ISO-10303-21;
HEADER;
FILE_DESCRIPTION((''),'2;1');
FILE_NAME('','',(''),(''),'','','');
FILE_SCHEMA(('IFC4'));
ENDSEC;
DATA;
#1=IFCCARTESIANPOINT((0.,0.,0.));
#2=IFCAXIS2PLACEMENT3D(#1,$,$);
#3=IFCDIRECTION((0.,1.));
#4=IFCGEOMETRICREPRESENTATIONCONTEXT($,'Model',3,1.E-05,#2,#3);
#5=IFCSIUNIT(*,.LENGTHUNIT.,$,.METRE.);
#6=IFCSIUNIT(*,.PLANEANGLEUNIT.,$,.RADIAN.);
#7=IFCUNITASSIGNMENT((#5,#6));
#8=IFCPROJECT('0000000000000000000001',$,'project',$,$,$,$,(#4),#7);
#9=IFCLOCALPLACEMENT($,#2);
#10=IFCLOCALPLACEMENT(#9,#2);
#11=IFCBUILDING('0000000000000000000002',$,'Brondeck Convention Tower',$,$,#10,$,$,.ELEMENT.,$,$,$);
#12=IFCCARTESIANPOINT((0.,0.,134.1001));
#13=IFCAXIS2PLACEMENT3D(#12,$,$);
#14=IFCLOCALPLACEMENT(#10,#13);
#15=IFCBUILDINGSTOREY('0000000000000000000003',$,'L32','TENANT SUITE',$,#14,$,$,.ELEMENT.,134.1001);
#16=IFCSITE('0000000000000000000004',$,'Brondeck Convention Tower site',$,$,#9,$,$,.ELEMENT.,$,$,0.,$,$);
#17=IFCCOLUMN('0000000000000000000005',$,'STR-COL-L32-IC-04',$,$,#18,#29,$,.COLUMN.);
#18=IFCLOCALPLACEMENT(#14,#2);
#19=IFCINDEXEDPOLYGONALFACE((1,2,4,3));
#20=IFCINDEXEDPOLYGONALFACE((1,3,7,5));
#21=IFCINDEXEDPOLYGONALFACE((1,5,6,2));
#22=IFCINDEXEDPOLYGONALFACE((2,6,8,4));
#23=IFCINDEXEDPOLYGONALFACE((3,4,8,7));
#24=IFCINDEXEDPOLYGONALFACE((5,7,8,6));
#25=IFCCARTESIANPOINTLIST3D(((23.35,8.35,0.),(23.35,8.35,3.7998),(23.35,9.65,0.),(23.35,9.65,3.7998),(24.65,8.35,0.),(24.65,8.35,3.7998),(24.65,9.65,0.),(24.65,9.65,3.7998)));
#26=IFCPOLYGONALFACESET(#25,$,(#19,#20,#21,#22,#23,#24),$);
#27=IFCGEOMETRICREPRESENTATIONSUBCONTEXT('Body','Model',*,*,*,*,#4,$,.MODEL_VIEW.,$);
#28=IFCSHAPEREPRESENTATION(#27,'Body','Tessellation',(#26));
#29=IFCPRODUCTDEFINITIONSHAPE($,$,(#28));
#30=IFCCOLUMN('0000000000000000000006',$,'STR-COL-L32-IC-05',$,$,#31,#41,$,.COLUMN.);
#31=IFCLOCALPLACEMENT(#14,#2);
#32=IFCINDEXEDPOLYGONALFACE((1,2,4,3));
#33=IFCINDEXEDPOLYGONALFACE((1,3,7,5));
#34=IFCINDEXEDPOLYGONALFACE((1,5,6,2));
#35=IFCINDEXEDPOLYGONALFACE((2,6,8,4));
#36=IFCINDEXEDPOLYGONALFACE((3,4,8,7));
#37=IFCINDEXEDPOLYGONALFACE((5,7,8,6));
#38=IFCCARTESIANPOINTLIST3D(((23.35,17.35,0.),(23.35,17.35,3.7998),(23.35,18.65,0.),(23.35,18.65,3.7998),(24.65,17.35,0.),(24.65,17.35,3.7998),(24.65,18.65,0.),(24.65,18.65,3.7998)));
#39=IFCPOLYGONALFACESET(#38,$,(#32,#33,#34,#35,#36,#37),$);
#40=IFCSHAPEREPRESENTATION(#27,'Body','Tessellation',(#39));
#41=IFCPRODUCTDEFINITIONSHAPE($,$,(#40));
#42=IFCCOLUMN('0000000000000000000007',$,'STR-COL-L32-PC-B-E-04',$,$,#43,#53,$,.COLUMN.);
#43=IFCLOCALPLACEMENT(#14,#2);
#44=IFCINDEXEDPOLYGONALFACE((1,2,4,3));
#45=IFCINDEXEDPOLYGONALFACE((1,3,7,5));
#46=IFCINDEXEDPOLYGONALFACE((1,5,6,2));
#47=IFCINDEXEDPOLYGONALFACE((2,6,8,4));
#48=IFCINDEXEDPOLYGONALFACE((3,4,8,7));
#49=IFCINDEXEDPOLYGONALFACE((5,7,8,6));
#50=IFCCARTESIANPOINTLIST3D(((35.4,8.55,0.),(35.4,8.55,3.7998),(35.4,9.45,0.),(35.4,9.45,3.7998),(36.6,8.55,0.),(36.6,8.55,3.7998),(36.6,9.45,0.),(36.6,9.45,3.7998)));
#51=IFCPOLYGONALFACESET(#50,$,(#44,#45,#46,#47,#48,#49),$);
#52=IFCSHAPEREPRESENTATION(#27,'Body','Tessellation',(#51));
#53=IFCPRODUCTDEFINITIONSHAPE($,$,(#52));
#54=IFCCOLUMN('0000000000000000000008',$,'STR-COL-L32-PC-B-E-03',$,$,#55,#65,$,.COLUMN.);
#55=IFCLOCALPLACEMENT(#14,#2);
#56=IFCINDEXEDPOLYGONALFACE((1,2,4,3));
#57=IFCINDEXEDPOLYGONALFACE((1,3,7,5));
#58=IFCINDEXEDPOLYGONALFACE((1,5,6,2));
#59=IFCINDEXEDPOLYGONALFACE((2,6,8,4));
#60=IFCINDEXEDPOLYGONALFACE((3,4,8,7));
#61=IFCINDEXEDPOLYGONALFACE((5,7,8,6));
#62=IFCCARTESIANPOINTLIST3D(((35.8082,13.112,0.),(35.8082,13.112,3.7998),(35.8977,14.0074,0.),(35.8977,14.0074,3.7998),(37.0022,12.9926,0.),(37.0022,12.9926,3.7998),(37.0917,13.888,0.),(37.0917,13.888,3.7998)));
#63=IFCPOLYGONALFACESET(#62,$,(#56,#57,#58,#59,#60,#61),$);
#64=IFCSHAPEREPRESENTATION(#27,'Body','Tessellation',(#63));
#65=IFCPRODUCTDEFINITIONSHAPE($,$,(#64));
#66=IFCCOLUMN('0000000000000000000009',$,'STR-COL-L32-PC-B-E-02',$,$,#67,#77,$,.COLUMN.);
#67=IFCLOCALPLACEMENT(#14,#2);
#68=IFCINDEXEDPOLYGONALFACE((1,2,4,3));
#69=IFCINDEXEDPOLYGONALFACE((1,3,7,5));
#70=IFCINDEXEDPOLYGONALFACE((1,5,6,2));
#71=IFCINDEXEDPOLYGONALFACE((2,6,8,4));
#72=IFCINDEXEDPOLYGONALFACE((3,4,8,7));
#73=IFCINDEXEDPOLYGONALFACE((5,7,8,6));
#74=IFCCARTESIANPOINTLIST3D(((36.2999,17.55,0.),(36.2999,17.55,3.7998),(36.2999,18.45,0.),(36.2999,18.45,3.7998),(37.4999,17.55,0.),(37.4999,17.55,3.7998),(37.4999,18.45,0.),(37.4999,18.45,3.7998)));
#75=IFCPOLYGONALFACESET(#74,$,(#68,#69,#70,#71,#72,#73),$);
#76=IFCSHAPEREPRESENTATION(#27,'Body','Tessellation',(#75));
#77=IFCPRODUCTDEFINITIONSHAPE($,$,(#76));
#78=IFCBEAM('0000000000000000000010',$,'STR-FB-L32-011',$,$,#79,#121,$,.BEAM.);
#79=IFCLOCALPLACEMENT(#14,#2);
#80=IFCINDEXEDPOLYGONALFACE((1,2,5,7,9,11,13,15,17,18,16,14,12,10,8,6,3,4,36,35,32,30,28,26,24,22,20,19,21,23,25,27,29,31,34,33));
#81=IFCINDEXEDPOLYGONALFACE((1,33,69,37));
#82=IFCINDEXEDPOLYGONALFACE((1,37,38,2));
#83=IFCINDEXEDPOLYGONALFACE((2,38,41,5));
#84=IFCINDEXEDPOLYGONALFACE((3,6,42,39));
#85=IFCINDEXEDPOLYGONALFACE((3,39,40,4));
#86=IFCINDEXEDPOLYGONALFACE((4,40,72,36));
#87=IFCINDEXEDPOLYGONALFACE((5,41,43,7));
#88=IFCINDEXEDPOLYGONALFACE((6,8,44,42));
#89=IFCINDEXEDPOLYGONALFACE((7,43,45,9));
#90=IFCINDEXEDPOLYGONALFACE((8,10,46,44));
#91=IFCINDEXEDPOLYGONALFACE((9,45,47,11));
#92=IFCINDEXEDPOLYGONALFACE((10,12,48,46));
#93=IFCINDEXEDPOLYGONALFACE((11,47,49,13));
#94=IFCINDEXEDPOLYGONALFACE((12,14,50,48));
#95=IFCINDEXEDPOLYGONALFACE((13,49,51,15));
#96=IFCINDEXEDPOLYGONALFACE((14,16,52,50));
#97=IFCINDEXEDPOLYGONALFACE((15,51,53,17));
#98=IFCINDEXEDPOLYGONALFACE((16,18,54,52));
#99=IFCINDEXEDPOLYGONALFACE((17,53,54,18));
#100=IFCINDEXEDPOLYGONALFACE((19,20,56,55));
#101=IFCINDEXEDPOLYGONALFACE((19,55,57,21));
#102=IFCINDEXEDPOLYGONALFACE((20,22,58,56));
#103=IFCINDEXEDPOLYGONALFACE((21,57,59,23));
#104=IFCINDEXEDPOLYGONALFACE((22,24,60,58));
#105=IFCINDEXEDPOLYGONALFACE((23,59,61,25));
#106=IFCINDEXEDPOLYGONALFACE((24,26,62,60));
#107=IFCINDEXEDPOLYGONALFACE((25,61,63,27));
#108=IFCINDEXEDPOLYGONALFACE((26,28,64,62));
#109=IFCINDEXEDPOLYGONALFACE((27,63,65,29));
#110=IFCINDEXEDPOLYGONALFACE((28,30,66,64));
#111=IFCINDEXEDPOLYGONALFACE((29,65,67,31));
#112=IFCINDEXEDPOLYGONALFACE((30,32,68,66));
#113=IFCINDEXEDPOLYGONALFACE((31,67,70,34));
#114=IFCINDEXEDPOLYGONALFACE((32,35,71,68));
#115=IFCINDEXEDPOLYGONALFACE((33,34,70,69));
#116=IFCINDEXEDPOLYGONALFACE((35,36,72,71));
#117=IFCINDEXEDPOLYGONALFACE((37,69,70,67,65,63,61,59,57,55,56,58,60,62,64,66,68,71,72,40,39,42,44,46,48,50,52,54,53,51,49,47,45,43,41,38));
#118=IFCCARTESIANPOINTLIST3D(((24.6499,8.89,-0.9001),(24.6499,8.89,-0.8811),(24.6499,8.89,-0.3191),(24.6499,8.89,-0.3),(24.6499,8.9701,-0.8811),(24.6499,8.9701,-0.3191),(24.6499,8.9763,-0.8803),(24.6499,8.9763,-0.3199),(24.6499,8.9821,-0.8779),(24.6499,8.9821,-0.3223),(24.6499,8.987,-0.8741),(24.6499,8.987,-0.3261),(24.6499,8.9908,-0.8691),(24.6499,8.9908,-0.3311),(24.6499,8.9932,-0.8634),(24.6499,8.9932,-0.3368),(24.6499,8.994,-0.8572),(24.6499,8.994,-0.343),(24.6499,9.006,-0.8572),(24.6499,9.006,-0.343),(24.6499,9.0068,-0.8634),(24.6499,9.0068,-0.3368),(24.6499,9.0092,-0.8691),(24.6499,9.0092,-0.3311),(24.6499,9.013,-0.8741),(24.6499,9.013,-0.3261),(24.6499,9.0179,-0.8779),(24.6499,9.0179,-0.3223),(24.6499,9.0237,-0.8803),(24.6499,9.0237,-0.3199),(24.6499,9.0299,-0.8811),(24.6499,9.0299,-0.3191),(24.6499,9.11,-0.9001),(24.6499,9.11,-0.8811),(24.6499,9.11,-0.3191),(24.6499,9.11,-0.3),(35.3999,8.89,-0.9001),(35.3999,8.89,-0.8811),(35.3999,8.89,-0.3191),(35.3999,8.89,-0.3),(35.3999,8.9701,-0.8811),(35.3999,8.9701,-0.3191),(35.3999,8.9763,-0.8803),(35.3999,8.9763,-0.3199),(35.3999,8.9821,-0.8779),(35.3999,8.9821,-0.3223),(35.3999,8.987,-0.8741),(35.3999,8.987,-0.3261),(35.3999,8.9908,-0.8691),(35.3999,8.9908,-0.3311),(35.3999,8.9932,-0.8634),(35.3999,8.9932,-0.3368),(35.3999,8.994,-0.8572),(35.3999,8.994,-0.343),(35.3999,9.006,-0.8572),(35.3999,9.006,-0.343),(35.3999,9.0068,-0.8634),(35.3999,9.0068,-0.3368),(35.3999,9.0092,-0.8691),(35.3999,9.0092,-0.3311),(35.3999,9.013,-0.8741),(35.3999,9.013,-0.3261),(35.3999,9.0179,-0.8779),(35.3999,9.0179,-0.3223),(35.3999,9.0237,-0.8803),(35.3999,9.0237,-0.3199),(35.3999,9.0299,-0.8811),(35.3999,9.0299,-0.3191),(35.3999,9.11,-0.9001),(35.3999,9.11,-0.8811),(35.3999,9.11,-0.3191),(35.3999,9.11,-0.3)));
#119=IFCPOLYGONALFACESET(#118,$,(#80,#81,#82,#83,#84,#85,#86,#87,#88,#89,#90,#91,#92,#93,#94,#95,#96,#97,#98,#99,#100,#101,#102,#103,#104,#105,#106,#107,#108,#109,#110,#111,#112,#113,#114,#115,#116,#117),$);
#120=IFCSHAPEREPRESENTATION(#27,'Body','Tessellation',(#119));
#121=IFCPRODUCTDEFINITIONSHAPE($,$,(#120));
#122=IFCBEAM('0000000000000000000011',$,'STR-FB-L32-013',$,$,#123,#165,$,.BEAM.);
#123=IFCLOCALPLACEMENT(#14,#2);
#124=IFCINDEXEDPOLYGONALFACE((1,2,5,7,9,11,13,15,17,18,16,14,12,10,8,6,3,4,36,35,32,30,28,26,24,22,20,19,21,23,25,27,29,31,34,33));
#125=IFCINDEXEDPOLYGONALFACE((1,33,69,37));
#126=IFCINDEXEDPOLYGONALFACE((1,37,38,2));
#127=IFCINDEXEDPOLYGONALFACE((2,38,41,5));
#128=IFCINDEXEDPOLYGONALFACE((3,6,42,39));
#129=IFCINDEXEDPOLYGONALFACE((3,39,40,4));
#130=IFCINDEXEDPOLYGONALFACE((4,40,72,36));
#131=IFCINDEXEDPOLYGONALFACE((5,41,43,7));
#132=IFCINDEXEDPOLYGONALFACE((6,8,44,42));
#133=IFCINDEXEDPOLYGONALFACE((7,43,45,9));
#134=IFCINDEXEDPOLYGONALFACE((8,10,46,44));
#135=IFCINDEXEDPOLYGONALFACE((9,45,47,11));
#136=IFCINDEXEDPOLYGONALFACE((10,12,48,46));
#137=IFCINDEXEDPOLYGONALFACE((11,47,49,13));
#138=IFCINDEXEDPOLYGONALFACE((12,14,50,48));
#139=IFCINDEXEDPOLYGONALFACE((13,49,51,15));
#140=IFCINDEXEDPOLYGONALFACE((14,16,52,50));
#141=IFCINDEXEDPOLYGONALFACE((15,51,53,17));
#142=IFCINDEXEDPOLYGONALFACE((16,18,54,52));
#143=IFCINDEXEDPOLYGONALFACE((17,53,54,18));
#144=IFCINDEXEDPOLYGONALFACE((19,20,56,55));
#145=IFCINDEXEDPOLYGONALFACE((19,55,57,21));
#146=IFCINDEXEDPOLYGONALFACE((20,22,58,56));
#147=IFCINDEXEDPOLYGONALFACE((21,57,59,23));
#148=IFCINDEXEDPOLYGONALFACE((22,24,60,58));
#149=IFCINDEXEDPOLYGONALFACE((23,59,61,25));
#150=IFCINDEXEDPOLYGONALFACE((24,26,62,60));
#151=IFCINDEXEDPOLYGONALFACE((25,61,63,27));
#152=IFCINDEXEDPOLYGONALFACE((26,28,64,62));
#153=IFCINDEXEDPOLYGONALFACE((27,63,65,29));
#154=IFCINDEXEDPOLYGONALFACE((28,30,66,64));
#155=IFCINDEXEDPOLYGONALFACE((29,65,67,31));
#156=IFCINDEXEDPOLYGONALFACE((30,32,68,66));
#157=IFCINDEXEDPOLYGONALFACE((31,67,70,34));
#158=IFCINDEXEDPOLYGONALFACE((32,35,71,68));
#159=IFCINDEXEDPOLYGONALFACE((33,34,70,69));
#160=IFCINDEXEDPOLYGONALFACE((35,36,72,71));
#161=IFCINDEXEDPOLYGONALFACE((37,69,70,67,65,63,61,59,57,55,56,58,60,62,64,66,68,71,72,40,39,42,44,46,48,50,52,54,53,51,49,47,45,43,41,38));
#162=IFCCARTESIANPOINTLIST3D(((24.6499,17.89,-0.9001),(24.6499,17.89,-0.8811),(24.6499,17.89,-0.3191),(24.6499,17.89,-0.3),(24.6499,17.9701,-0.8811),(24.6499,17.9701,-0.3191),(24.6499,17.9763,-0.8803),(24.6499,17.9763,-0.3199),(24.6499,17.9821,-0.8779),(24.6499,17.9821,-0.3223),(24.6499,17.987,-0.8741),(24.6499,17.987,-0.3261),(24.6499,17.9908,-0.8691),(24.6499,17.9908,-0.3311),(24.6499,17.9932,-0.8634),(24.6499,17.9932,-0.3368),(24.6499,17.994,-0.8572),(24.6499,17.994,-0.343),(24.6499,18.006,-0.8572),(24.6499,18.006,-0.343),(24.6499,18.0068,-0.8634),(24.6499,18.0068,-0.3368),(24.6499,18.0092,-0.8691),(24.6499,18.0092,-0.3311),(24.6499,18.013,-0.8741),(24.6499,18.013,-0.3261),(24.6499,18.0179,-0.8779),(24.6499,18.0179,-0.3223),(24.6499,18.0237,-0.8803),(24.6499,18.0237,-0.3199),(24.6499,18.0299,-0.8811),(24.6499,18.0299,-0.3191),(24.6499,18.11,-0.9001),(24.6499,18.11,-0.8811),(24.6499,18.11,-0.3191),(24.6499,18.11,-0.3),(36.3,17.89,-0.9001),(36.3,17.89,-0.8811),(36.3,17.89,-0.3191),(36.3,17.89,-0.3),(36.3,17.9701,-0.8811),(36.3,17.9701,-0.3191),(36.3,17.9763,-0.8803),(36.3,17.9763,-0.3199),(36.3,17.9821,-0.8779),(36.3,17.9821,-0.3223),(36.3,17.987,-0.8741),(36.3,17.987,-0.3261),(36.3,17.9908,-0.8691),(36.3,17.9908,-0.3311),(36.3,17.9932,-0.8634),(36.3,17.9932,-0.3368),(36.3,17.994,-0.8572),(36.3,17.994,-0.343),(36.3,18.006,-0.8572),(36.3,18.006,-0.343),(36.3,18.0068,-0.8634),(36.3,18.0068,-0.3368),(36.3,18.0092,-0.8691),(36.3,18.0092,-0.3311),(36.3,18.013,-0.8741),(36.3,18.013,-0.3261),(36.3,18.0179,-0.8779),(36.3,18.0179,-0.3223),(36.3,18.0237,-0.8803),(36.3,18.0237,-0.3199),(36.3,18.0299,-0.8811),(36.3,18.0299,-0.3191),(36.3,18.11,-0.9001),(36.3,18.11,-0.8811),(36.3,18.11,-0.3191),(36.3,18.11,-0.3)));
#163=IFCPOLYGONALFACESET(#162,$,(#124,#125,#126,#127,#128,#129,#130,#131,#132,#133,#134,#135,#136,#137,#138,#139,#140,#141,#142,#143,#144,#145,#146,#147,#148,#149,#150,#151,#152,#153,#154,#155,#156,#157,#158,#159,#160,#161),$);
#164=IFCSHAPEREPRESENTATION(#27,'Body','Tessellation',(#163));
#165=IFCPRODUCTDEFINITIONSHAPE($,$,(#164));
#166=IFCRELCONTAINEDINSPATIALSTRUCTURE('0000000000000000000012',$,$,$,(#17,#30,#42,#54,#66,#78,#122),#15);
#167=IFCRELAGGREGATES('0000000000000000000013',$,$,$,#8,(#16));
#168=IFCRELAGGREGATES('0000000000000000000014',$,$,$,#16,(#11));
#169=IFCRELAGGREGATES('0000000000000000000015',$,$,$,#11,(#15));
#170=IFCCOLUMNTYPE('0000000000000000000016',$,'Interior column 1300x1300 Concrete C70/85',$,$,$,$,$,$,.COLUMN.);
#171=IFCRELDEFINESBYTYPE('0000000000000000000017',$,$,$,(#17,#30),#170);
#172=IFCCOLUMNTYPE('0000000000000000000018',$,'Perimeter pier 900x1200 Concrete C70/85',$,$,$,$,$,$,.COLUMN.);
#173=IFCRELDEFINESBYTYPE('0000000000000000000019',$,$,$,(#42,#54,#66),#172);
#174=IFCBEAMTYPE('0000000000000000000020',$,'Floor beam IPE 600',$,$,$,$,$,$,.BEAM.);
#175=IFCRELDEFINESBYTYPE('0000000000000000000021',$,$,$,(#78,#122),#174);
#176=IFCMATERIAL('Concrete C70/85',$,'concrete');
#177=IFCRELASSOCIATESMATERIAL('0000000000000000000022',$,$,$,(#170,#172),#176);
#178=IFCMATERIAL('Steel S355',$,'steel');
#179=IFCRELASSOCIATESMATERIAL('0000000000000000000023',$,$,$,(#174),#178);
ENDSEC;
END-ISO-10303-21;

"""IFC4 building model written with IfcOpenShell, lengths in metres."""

from ifc_helpers import new_model, si_unit, direction, frame, origin, origin_2d, place, context, subcontext, project, spatial, rectangle, i_section, extrude, material, material_profile, profile_set, type_object, element, save


model = new_model("IFC4")

# Units and contexts
model_context = context("Model", 3, precision=1e-05, world=origin(), true_north=direction((0.0, 1.0)))
body_context = subcontext(model_context, "Body", "Model", "MODEL_VIEW")
ifc_project = project(units=[si_unit("LENGTHUNIT", "METRE"), si_unit("PLANEANGLEUNIT", "RADIAN")], contexts=[model_context])

# Site, building, storey
site_placement = place(None, origin())
site = spatial("IfcSite", under=ifc_project, at=site_placement, Name="Brondeck Convention Tower site", CompositionType="ELEMENT", RefElevation=0.0)
building_placement = place(site_placement, origin())
building = spatial("IfcBuilding", under=site, at=building_placement, Name="Brondeck Convention Tower", CompositionType="ELEMENT")
storey_placement = place(building_placement, frame((0.0, 0.0, 134.1001)))
storey = spatial("IfcBuildingStorey", under=building, at=storey_placement, Name="L32", Description="TENANT SUITE", CompositionType="ELEMENT", Elevation=134.1001)

# Columns
ifc_material_1 = material(Name="Concrete C70/85", Category="concrete")
ifc_material_profile_1 = material_profile(ifc_material_1, rectangle(XDim=1.3, YDim=1.3, at=origin_2d()), Name="Interior column 1300x1300 Concrete C70/85")
ifc_profile_set_1 = profile_set([ifc_material_profile_1], Name="Concrete C70/85")
column_type_1 = type_object("IfcColumnType", Name="Interior column 1300x1300 Concrete C70/85", PredefinedType="COLUMN", material=ifc_profile_set_1)
for number, where, z_axis, x_axis, name in (
    (1, (24.0, 9.0, 0.0), (0.0, 0.0, 1.0), (1.0, 0.0, 0.0), "STR-COL-L32-IC-04"),
    (2, (24.0, 18.0, 0.0), (0.0, 0.0, 1.0), (1.0, 0.0, 0.0), "STR-COL-L32-IC-05"),
):
    element("IfcColumn", number, at=place(storey_placement, frame(where, z_axis=z_axis, x_axis=x_axis)), inside=storey, type_object=column_type_1, Name=name, PredefinedType="COLUMN", context=body_context, shape_type="SweptSolid", body=[
        extrude(rectangle(XDim=1.3, YDim=1.3, at=origin_2d()), origin(), (0.0, 0.0, 1.0), 3.7998),
    ])
ifc_material_profile_2 = material_profile(ifc_material_1, rectangle(XDim=0.8999, YDim=1.2, at=origin_2d()), Name="Perimeter pier 900x1200 Concrete C70/85")
ifc_profile_set_2 = profile_set([ifc_material_profile_2], Name="Concrete C70/85")
column_type_2 = type_object("IfcColumnType", Name="Perimeter pier 900x1200 Concrete C70/85", PredefinedType="COLUMN", material=ifc_profile_set_2)
for number, where, z_axis, x_axis, name in (
    (3, (36.0, 9.0, 0.0), (0.0, 0.0, 1.0), (0.0, 1.0, 0.0), "STR-COL-L32-PC-B-E-04"),
    (4, (36.45, 13.5, 0.0), (0.0, 0.0, 1.0), (0.099504, 0.995037, 0.0), "STR-COL-L32-PC-B-E-03"),
    (5, (36.8999, 18.0, 0.0), (0.0, 0.0, 1.0), (0.0, 1.0, 0.0), "STR-COL-L32-PC-B-E-02"),
):
    element("IfcColumn", number, at=place(storey_placement, frame(where, z_axis=z_axis, x_axis=x_axis)), inside=storey, type_object=column_type_2, Name=name, PredefinedType="COLUMN", context=body_context, shape_type="SweptSolid", body=[
        extrude(rectangle(XDim=0.8999, YDim=1.2, at=origin_2d()), origin(), (0.0, 0.0, 1.0), 3.7998),
    ])

# Beams
ifc_material_2 = material(Name="Steel S355", Category="steel")
ifc_material_profile_3 = material_profile(ifc_material_2, i_section(OverallWidth=0.22, OverallDepth=0.6001, WebThickness=0.012, FlangeThickness=0.019, FilletRadius=0.0239, at=origin_2d()), Name="IPE 600")
ifc_profile_set_3 = profile_set([ifc_material_profile_3], Name="Steel S355")
beam_type_1 = type_object("IfcBeamType", Name="Floor beam IPE 600", PredefinedType="BEAM", material=ifc_profile_set_3)
beam_1_placement = place(storey_placement, frame((24.6499, 9.0, -0.6001), z_axis=(1.0, 0.0, 0.0), x_axis=(0.0, 1.0, 0.0)))
element("IfcBeam", 6, at=beam_1_placement, inside=storey, type_object=beam_type_1, Name="STR-FB-L32-011", PredefinedType="BEAM", context=body_context, shape_type="SweptSolid", body=[
    extrude(i_section(OverallWidth=0.22, OverallDepth=0.6001, WebThickness=0.012, FlangeThickness=0.019, FilletRadius=0.0239, at=origin_2d()), origin(), (0.0, 0.0, 1.0), 10.75),
])
beam_2_placement = place(storey_placement, frame((24.6499, 18.0, -0.6001), z_axis=(1.0, 0.0, 0.0), x_axis=(0.0, 1.0, 0.0)))
element("IfcBeam", 7, at=beam_2_placement, inside=storey, type_object=beam_type_1, Name="STR-FB-L32-013", PredefinedType="BEAM", context=body_context, shape_type="SweptSolid", body=[
    extrude(i_section(OverallWidth=0.22, OverallDepth=0.6001, WebThickness=0.012, FlangeThickness=0.019, FilletRadius=0.0239, at=origin_2d()), origin(), (0.0, 0.0, 1.0), 11.6501),
])

save(model, "model.ifc")
